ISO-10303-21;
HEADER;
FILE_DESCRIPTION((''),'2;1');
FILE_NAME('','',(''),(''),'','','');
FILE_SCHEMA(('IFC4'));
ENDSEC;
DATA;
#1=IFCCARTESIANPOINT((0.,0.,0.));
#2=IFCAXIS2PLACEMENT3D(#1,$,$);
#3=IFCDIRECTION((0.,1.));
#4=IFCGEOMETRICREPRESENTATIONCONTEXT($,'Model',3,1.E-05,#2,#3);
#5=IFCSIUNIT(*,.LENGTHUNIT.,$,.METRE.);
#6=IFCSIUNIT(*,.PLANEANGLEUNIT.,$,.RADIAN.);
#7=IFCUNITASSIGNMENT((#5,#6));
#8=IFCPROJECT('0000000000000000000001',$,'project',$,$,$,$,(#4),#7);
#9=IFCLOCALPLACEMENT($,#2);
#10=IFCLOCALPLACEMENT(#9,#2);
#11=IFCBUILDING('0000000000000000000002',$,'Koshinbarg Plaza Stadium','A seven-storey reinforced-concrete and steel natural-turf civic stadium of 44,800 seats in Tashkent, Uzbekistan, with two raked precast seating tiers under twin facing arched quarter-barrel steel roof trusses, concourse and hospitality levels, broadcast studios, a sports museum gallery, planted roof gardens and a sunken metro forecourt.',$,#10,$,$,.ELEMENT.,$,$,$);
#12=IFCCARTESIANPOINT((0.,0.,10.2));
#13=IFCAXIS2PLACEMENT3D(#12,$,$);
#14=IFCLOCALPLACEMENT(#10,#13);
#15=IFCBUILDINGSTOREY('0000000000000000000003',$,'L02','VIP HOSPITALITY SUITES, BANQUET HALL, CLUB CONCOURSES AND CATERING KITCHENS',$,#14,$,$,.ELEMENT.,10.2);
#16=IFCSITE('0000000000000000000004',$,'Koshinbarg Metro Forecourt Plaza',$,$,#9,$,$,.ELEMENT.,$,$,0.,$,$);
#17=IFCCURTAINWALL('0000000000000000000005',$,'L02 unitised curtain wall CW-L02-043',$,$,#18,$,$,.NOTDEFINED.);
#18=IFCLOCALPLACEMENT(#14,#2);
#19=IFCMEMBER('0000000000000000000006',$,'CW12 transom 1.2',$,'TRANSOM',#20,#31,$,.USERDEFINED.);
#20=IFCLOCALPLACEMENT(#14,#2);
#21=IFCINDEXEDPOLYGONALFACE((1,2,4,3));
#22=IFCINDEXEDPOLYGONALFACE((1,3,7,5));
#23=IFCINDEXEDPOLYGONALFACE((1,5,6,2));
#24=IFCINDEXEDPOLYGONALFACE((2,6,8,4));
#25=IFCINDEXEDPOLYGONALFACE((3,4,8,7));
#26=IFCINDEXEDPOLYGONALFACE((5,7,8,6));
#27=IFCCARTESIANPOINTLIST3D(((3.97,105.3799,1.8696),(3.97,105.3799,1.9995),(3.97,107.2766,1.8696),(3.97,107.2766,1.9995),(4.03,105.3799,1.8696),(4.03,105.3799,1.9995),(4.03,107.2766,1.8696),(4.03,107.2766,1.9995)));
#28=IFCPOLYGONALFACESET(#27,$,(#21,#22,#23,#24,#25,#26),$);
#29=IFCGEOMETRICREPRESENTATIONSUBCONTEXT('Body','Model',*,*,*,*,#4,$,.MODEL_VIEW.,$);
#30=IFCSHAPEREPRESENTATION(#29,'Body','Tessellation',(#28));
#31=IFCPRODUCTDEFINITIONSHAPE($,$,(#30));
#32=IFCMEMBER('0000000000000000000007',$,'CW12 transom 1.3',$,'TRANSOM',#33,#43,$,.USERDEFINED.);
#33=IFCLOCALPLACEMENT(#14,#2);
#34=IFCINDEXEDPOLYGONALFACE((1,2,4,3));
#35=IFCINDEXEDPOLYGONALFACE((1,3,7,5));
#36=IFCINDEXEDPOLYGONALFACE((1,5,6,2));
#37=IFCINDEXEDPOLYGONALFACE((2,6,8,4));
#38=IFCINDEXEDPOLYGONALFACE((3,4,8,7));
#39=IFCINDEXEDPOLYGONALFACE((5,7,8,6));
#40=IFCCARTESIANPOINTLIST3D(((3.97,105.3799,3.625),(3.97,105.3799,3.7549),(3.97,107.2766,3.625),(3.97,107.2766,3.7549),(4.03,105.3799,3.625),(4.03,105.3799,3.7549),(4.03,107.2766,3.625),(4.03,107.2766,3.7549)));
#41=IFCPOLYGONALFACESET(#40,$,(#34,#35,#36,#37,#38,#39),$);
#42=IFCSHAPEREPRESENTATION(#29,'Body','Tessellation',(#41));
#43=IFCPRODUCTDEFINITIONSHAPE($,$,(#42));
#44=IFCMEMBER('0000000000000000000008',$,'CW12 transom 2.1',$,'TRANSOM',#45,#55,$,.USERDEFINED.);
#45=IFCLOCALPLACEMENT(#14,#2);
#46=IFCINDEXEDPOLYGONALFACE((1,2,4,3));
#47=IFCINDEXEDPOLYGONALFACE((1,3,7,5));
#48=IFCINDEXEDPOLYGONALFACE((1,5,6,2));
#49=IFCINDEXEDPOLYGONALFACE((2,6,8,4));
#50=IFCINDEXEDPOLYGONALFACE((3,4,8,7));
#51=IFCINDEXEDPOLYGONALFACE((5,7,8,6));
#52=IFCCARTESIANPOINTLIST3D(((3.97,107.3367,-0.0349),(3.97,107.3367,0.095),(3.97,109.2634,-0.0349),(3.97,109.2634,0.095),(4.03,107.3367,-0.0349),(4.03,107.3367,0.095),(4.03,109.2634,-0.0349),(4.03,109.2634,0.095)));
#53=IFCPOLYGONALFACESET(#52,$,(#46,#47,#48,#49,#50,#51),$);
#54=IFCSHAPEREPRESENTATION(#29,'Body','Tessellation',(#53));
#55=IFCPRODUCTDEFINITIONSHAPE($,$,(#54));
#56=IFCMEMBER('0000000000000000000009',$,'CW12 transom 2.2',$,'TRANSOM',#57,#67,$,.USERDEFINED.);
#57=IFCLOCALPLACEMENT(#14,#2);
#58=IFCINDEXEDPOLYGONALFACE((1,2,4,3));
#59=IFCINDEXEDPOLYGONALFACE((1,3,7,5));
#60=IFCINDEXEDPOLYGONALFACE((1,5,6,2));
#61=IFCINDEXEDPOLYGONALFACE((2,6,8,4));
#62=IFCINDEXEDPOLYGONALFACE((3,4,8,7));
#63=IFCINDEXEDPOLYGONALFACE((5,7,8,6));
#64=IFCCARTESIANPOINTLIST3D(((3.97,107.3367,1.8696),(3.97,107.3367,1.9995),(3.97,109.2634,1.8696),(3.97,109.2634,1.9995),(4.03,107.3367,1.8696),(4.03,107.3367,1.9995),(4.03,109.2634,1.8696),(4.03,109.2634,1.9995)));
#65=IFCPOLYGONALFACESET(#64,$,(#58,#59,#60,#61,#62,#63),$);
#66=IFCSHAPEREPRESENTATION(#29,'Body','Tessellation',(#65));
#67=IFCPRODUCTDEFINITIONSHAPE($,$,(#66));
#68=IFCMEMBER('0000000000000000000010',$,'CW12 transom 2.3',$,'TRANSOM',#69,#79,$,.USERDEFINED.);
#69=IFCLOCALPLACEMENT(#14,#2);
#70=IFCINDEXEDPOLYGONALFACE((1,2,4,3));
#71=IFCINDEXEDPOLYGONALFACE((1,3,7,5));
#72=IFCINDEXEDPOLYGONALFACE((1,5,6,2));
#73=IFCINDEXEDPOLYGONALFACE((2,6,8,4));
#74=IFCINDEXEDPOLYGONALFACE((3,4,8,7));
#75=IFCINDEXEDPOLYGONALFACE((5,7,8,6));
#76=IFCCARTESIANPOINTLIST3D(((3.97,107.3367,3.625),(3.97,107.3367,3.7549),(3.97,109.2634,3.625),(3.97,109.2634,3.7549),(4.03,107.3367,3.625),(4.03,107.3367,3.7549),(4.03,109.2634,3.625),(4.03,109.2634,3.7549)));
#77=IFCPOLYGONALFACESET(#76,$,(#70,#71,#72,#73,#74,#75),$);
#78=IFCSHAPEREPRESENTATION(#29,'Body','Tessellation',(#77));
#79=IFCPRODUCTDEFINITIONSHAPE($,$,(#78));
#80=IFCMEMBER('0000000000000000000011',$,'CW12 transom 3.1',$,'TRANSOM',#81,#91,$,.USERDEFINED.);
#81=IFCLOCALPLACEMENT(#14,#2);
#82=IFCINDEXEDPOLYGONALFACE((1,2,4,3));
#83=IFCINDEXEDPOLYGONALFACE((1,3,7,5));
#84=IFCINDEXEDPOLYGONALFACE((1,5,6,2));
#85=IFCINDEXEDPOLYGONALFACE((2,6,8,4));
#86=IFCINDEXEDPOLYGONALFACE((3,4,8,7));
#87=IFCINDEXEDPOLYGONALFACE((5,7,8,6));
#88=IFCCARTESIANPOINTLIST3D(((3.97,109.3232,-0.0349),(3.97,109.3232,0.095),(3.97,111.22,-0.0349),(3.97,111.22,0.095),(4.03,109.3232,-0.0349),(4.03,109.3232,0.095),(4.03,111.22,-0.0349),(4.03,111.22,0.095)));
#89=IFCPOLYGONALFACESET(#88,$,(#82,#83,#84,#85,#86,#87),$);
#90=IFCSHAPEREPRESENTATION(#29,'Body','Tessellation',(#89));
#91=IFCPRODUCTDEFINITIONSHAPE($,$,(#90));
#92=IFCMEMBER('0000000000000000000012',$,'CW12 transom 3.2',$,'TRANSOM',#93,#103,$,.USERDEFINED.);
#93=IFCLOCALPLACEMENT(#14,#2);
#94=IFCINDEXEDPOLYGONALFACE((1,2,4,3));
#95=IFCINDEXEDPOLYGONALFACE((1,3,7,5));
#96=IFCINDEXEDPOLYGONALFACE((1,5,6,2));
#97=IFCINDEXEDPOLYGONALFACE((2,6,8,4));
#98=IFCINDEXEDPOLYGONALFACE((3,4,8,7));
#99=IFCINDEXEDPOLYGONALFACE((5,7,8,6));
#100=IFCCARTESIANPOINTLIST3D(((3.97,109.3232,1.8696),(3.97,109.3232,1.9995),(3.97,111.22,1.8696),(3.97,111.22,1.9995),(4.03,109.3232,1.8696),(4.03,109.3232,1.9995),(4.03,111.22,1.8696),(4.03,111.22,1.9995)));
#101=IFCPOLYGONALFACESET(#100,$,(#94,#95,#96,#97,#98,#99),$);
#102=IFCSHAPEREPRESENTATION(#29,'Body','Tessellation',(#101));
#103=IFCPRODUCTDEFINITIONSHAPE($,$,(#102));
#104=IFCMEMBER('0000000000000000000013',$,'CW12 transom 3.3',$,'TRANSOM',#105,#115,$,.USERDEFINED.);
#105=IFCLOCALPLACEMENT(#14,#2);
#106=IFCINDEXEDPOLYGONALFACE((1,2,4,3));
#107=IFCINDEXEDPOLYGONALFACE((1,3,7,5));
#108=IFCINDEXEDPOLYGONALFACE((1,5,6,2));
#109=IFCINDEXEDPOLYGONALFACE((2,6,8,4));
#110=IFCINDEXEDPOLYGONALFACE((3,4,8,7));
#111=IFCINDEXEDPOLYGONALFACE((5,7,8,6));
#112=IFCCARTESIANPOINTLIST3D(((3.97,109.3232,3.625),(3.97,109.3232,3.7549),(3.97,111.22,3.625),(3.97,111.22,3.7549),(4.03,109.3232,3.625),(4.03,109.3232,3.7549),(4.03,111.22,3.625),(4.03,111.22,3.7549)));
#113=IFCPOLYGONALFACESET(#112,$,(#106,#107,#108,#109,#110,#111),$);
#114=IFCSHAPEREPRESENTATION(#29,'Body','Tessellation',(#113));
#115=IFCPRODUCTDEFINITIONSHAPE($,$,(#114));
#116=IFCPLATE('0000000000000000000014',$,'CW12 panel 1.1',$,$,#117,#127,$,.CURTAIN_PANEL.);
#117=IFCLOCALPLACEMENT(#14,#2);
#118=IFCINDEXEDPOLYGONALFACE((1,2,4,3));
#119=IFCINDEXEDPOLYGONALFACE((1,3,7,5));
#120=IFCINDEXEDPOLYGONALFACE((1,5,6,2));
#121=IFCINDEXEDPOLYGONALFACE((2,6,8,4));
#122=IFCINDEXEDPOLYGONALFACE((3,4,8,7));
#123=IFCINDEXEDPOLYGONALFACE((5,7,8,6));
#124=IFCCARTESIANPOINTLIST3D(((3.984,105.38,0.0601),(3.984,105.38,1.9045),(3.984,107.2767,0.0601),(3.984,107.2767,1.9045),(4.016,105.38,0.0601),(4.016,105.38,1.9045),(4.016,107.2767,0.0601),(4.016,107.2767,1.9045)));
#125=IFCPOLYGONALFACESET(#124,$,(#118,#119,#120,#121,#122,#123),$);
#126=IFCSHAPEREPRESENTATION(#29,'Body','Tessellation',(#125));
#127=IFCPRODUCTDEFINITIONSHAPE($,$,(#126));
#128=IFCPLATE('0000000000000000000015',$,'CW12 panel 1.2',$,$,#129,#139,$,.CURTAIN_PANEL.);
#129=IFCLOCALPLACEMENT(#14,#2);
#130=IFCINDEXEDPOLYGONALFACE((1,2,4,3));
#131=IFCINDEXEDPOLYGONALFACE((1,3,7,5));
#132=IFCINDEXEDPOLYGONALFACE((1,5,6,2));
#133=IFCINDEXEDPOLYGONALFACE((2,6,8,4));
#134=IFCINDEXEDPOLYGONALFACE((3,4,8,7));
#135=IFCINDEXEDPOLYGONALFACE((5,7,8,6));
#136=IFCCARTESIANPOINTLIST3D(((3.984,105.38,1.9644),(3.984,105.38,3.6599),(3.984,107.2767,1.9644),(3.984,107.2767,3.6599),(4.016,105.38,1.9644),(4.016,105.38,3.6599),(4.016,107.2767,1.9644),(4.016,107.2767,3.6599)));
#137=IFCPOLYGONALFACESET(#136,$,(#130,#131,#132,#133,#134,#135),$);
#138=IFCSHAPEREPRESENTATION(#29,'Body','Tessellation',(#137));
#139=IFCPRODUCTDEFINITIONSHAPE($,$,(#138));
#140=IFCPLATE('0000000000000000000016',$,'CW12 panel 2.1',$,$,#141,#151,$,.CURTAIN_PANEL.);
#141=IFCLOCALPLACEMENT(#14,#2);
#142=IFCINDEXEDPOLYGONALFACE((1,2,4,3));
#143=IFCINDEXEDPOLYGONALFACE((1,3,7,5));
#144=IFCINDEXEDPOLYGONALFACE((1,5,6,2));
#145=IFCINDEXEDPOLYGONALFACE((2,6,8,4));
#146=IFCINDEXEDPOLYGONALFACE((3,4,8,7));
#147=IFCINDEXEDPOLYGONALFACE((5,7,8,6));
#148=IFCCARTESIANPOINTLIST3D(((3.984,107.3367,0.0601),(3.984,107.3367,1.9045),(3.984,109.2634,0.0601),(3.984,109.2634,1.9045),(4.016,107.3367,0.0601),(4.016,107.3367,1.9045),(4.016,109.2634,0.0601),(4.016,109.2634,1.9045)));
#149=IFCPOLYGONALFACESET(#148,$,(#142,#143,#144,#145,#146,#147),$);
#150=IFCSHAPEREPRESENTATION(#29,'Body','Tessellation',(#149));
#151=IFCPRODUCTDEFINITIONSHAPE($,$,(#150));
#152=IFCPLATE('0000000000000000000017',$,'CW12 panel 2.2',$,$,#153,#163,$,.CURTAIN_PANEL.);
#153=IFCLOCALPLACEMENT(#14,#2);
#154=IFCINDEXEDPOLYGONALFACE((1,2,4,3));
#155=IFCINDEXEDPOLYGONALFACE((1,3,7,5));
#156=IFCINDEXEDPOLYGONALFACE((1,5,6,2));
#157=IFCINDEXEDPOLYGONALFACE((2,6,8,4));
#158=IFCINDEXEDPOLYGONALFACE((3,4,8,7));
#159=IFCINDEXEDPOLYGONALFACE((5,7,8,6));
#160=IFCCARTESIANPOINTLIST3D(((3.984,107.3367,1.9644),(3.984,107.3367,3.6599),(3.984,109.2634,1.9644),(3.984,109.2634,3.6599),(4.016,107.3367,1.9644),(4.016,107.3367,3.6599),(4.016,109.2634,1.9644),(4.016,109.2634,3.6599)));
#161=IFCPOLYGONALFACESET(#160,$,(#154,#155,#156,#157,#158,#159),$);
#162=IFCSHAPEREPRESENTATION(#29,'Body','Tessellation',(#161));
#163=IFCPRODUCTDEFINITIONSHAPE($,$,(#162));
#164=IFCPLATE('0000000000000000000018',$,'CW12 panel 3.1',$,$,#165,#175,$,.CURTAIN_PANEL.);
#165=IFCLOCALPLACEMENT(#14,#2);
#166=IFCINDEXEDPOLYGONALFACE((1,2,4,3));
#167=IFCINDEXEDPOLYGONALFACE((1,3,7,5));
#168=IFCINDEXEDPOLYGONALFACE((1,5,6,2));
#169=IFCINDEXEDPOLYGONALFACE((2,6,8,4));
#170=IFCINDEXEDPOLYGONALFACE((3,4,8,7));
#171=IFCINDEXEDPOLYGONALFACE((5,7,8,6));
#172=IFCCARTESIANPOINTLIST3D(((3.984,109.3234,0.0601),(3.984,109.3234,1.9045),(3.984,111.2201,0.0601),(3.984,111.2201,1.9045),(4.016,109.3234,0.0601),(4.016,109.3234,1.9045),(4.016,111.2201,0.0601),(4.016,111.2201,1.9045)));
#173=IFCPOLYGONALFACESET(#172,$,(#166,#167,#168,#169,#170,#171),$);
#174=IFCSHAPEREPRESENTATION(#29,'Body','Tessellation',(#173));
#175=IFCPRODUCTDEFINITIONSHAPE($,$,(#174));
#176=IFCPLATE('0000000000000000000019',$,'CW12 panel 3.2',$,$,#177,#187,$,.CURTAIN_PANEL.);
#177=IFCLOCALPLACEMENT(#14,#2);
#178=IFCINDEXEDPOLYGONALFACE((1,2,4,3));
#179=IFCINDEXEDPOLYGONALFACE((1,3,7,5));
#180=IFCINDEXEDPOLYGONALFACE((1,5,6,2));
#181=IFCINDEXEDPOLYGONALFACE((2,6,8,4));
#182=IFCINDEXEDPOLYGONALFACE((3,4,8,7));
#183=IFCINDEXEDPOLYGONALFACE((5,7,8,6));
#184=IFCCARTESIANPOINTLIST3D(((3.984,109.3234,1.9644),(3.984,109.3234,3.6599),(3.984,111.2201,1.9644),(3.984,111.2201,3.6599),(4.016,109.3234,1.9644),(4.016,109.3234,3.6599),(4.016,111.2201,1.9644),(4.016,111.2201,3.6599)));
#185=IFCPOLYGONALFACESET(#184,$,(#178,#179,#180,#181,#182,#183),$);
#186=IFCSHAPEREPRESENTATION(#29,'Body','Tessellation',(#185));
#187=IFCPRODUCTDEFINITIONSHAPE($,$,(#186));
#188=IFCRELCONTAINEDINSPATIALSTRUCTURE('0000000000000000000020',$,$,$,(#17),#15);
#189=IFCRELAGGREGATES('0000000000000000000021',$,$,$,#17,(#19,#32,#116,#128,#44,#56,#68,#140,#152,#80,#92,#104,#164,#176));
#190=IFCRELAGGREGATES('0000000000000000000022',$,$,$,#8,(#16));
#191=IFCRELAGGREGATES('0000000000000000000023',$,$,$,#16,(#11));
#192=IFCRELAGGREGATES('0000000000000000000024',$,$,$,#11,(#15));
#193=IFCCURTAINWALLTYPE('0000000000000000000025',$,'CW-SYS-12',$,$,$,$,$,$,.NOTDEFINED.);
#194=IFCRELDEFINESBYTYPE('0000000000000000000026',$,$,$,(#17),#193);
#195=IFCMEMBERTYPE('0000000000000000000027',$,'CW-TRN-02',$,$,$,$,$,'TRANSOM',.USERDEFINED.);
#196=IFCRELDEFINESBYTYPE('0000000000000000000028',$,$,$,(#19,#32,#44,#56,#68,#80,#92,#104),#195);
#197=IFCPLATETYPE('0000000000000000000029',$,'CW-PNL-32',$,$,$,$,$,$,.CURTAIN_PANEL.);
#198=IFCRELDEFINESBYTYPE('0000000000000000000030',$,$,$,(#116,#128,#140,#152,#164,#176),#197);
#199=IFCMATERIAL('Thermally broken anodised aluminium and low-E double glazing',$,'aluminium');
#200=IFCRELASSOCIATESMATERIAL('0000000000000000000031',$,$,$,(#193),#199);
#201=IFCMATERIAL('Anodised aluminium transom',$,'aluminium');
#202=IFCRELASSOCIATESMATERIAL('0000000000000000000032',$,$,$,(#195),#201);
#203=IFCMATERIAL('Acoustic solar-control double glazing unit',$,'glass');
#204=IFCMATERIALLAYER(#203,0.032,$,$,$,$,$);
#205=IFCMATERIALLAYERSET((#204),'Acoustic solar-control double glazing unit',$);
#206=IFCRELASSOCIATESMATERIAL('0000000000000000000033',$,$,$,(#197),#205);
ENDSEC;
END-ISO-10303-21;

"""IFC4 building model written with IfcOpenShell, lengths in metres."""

from ifc_helpers import new_model, si_unit, direction, frame, origin, origin_2d, place, context, subcontext, project, spatial, rectangle, extrude, material, layer, layer_set, material_profile, profile_set, type_object, element, aggregate, save


model = new_model("IFC4")

# Units and contexts
model_context = context("Model", 3, precision=1e-05, world=origin(), true_north=direction((0.0, 1.0)))
body_context = subcontext(model_context, "Body", "Model", "MODEL_VIEW")
ifc_project = project(units=[si_unit("LENGTHUNIT", "METRE"), si_unit("PLANEANGLEUNIT", "RADIAN")], contexts=[model_context])

# Site, building, storey
site_placement = place(None, origin())
site = spatial("IfcSite", under=ifc_project, at=site_placement, Name="Koshinbarg Metro Forecourt Plaza", CompositionType="ELEMENT", RefElevation=0.0)
building_placement = place(site_placement, origin())
building = spatial("IfcBuilding", under=site, at=building_placement, Name="Koshinbarg Plaza Stadium", Description="A seven-storey reinforced-concrete and steel natural-turf civic stadium of 44,800 seats in Tashkent, Uzbekistan, with two raked precast seating tiers under twin facing arched quarter-barrel steel roof trusses, concourse and hospitality levels, broadcast studios, a sports museum gallery, planted roof gardens and a sunken metro forecourt.", CompositionType="ELEMENT")
storey_placement = place(building_placement, frame((0.0, 0.0, 10.2)))
storey = spatial("IfcBuildingStorey", under=building, at=storey_placement, Name="L02", Description="VIP HOSPITALITY SUITES, BANQUET HALL, CLUB CONCOURSES AND CATERING KITCHENS", CompositionType="ELEMENT", Elevation=10.2)

# Curtain wall, members, plates
ifc_material_1 = material(Name="Thermally broken anodised aluminium and low-E double glazing", Category="aluminium")
curtain_wall_type = type_object("IfcCurtainWallType", Name="CW-SYS-12", PredefinedType="NOTDEFINED", material=ifc_material_1)
curtain_wall_placement = place(storey_placement, origin())
curtain_wall = element("IfcCurtainWall", 1, at=curtain_wall_placement, inside=storey, type_object=curtain_wall_type, Name="L02 unitised curtain wall CW-L02-043", PredefinedType="NOTDEFINED")
ifc_material_2 = material(Name="Anodised aluminium transom", Category="aluminium")
ifc_material_profile_1 = material_profile(ifc_material_2, rectangle(XDim=0.0601, YDim=0.1299, at=origin_2d()), Name="ALU 60x130")
ifc_profile_set_1 = profile_set([ifc_material_profile_1], Name="Anodised aluminium transom")
member_type_1 = type_object("IfcMemberType", Name="CW-TRN-02", ElementType="TRANSOM", PredefinedType="USERDEFINED", material=ifc_profile_set_1)
member_1_placement = place(storey_placement, frame((4.0, 105.3799, 1.9346), z_axis=(0.0, 1.0, 0.0), x_axis=(-1.0, 0.0, 0.0)))
member_1 = element("IfcMember", 2, at=member_1_placement, type_object=member_type_1, Name="CW12 transom 1.2", ObjectType="TRANSOM", PredefinedType="USERDEFINED", context=body_context, shape_type="SweptSolid", body=[
    extrude(rectangle(XDim=0.0601, YDim=0.1299, at=origin_2d()), origin(), (0.0, 0.0, 1.0), 1.8967),
])
member_2_placement = place(storey_placement, frame((4.0, 105.3799, 3.6899), z_axis=(0.0, 1.0, 0.0), x_axis=(-1.0, 0.0, 0.0)))
member_2 = element("IfcMember", 3, at=member_2_placement, type_object=member_type_1, Name="CW12 transom 1.3", ObjectType="TRANSOM", PredefinedType="USERDEFINED", context=body_context, shape_type="SweptSolid", body=[
    extrude(rectangle(XDim=0.0601, YDim=0.1299, at=origin_2d()), origin(), (0.0, 0.0, 1.0), 1.8967),
])
member_3_placement = place(storey_placement, frame((4.0, 107.3367, 0.03), z_axis=(0.0, 1.0, 0.0), x_axis=(-1.0, 0.0, 0.0)))
member_3 = element("IfcMember", 4, at=member_3_placement, type_object=member_type_1, Name="CW12 transom 2.1", ObjectType="TRANSOM", PredefinedType="USERDEFINED", context=body_context, shape_type="SweptSolid", body=[
    extrude(rectangle(XDim=0.0601, YDim=0.1299, at=origin_2d()), origin(), (0.0, 0.0, 1.0), 1.9268),
])
member_4_placement = place(storey_placement, frame((4.0, 107.3367, 1.9346), z_axis=(0.0, 1.0, 0.0), x_axis=(-1.0, 0.0, 0.0)))
member_4 = element("IfcMember", 5, at=member_4_placement, type_object=member_type_1, Name="CW12 transom 2.2", ObjectType="TRANSOM", PredefinedType="USERDEFINED", context=body_context, shape_type="SweptSolid", body=[
    extrude(rectangle(XDim=0.0601, YDim=0.1299, at=origin_2d()), origin(), (0.0, 0.0, 1.0), 1.9268),
])
member_5_placement = place(storey_placement, frame((4.0, 107.3367, 3.6899), z_axis=(0.0, 1.0, 0.0), x_axis=(-1.0, 0.0, 0.0)))
member_5 = element("IfcMember", 6, at=member_5_placement, type_object=member_type_1, Name="CW12 transom 2.3", ObjectType="TRANSOM", PredefinedType="USERDEFINED", context=body_context, shape_type="SweptSolid", body=[
    extrude(rectangle(XDim=0.0601, YDim=0.1299, at=origin_2d()), origin(), (0.0, 0.0, 1.0), 1.9268),
])
member_6_placement = place(storey_placement, frame((4.0, 109.3232, 0.03), z_axis=(0.0, 1.0, 0.0), x_axis=(-1.0, 0.0, 0.0)))
member_6 = element("IfcMember", 7, at=member_6_placement, type_object=member_type_1, Name="CW12 transom 3.1", ObjectType="TRANSOM", PredefinedType="USERDEFINED", context=body_context, shape_type="SweptSolid", body=[
    extrude(rectangle(XDim=0.0601, YDim=0.1299, at=origin_2d()), origin(), (0.0, 0.0, 1.0), 1.8967),
])
member_7_placement = place(storey_placement, frame((4.0, 109.3232, 1.9346), z_axis=(0.0, 1.0, 0.0), x_axis=(-1.0, 0.0, 0.0)))
member_7 = element("IfcMember", 8, at=member_7_placement, type_object=member_type_1, Name="CW12 transom 3.2", ObjectType="TRANSOM", PredefinedType="USERDEFINED", context=body_context, shape_type="SweptSolid", body=[
    extrude(rectangle(XDim=0.0601, YDim=0.1299, at=origin_2d()), origin(), (0.0, 0.0, 1.0), 1.8967),
])
member_8_placement = place(storey_placement, frame((4.0, 109.3232, 3.6899), z_axis=(0.0, 1.0, 0.0), x_axis=(-1.0, 0.0, 0.0)))
member_8 = element("IfcMember", 9, at=member_8_placement, type_object=member_type_1, Name="CW12 transom 3.3", ObjectType="TRANSOM", PredefinedType="USERDEFINED", context=body_context, shape_type="SweptSolid", body=[
    extrude(rectangle(XDim=0.0601, YDim=0.1299, at=origin_2d()), origin(), (0.0, 0.0, 1.0), 1.8967),
])
ifc_material_3 = material(Name="Acoustic solar-control double glazing unit", Category="glass")
ifc_layer_1 = layer(ifc_material_3, 0.032)
ifc_layer_set_1 = layer_set([ifc_layer_1], Name="Acoustic solar-control double glazing unit")
plate_type_1 = type_object("IfcPlateType", Name="CW-PNL-32", PredefinedType="CURTAIN_PANEL", material=ifc_layer_set_1)
plate_1_placement = place(storey_placement, frame((4.0, 106.3284, 0.0601), z_axis=(0.0, 0.0, 1.0), x_axis=(0.0, 1.0, 0.0)))
plate_1 = element("IfcPlate", 10, at=plate_1_placement, type_object=plate_type_1, Name="CW12 panel 1.1", PredefinedType="CURTAIN_PANEL", context=body_context, shape_type="SweptSolid", body=[
    extrude(rectangle(XDim=1.8967, YDim=0.032, at=origin_2d()), origin(), (0.0, 0.0, 1.0), 1.8445),
])
plate_2_placement = place(storey_placement, frame((4.0, 106.3284, 1.9644), z_axis=(0.0, 0.0, 1.0), x_axis=(0.0, 1.0, 0.0)))
plate_2 = element("IfcPlate", 11, at=plate_2_placement, type_object=plate_type_1, Name="CW12 panel 1.2", PredefinedType="CURTAIN_PANEL", context=body_context, shape_type="SweptSolid", body=[
    extrude(rectangle(XDim=1.8967, YDim=0.032, at=origin_2d()), origin(), (0.0, 0.0, 1.0), 1.6956),
])
plate_3_placement = place(storey_placement, frame((4.0, 108.3, 0.0601), z_axis=(0.0, 0.0, 1.0), x_axis=(0.0, 1.0, 0.0)))
plate_3 = element("IfcPlate", 12, at=plate_3_placement, type_object=plate_type_1, Name="CW12 panel 2.1", PredefinedType="CURTAIN_PANEL", context=body_context, shape_type="SweptSolid", body=[
    extrude(rectangle(XDim=1.9268, YDim=0.032, at=origin_2d()), origin(), (0.0, 0.0, 1.0), 1.8445),
])
plate_4_placement = place(storey_placement, frame((4.0, 108.3, 1.9644), z_axis=(0.0, 0.0, 1.0), x_axis=(0.0, 1.0, 0.0)))
plate_4 = element("IfcPlate", 13, at=plate_4_placement, type_object=plate_type_1, Name="CW12 panel 2.2", PredefinedType="CURTAIN_PANEL", context=body_context, shape_type="SweptSolid", body=[
    extrude(rectangle(XDim=1.9268, YDim=0.032, at=origin_2d()), origin(), (0.0, 0.0, 1.0), 1.6956),
])
plate_5_placement = place(storey_placement, frame((4.0, 110.2717, 0.0601), z_axis=(0.0, 0.0, 1.0), x_axis=(0.0, 1.0, 0.0)))
plate_5 = element("IfcPlate", 14, at=plate_5_placement, type_object=plate_type_1, Name="CW12 panel 3.1", PredefinedType="CURTAIN_PANEL", context=body_context, shape_type="SweptSolid", body=[
    extrude(rectangle(XDim=1.8967, YDim=0.032, at=origin_2d()), origin(), (0.0, 0.0, 1.0), 1.8445),
])
plate_6_placement = place(storey_placement, frame((4.0, 110.2717, 1.9644), z_axis=(0.0, 0.0, 1.0), x_axis=(0.0, 1.0, 0.0)))
plate_6 = element("IfcPlate", 15, at=plate_6_placement, type_object=plate_type_1, Name="CW12 panel 3.2", PredefinedType="CURTAIN_PANEL", context=body_context, shape_type="SweptSolid", body=[
    extrude(rectangle(XDim=1.8967, YDim=0.032, at=origin_2d()), origin(), (0.0, 0.0, 1.0), 1.6956),
])
aggregate(curtain_wall, [member_1, member_2, plate_1, plate_2, member_3, member_4, member_5, plate_3, plate_4, member_6, member_7, member_8, plate_5, plate_6])

save(model, "model.ifc")
